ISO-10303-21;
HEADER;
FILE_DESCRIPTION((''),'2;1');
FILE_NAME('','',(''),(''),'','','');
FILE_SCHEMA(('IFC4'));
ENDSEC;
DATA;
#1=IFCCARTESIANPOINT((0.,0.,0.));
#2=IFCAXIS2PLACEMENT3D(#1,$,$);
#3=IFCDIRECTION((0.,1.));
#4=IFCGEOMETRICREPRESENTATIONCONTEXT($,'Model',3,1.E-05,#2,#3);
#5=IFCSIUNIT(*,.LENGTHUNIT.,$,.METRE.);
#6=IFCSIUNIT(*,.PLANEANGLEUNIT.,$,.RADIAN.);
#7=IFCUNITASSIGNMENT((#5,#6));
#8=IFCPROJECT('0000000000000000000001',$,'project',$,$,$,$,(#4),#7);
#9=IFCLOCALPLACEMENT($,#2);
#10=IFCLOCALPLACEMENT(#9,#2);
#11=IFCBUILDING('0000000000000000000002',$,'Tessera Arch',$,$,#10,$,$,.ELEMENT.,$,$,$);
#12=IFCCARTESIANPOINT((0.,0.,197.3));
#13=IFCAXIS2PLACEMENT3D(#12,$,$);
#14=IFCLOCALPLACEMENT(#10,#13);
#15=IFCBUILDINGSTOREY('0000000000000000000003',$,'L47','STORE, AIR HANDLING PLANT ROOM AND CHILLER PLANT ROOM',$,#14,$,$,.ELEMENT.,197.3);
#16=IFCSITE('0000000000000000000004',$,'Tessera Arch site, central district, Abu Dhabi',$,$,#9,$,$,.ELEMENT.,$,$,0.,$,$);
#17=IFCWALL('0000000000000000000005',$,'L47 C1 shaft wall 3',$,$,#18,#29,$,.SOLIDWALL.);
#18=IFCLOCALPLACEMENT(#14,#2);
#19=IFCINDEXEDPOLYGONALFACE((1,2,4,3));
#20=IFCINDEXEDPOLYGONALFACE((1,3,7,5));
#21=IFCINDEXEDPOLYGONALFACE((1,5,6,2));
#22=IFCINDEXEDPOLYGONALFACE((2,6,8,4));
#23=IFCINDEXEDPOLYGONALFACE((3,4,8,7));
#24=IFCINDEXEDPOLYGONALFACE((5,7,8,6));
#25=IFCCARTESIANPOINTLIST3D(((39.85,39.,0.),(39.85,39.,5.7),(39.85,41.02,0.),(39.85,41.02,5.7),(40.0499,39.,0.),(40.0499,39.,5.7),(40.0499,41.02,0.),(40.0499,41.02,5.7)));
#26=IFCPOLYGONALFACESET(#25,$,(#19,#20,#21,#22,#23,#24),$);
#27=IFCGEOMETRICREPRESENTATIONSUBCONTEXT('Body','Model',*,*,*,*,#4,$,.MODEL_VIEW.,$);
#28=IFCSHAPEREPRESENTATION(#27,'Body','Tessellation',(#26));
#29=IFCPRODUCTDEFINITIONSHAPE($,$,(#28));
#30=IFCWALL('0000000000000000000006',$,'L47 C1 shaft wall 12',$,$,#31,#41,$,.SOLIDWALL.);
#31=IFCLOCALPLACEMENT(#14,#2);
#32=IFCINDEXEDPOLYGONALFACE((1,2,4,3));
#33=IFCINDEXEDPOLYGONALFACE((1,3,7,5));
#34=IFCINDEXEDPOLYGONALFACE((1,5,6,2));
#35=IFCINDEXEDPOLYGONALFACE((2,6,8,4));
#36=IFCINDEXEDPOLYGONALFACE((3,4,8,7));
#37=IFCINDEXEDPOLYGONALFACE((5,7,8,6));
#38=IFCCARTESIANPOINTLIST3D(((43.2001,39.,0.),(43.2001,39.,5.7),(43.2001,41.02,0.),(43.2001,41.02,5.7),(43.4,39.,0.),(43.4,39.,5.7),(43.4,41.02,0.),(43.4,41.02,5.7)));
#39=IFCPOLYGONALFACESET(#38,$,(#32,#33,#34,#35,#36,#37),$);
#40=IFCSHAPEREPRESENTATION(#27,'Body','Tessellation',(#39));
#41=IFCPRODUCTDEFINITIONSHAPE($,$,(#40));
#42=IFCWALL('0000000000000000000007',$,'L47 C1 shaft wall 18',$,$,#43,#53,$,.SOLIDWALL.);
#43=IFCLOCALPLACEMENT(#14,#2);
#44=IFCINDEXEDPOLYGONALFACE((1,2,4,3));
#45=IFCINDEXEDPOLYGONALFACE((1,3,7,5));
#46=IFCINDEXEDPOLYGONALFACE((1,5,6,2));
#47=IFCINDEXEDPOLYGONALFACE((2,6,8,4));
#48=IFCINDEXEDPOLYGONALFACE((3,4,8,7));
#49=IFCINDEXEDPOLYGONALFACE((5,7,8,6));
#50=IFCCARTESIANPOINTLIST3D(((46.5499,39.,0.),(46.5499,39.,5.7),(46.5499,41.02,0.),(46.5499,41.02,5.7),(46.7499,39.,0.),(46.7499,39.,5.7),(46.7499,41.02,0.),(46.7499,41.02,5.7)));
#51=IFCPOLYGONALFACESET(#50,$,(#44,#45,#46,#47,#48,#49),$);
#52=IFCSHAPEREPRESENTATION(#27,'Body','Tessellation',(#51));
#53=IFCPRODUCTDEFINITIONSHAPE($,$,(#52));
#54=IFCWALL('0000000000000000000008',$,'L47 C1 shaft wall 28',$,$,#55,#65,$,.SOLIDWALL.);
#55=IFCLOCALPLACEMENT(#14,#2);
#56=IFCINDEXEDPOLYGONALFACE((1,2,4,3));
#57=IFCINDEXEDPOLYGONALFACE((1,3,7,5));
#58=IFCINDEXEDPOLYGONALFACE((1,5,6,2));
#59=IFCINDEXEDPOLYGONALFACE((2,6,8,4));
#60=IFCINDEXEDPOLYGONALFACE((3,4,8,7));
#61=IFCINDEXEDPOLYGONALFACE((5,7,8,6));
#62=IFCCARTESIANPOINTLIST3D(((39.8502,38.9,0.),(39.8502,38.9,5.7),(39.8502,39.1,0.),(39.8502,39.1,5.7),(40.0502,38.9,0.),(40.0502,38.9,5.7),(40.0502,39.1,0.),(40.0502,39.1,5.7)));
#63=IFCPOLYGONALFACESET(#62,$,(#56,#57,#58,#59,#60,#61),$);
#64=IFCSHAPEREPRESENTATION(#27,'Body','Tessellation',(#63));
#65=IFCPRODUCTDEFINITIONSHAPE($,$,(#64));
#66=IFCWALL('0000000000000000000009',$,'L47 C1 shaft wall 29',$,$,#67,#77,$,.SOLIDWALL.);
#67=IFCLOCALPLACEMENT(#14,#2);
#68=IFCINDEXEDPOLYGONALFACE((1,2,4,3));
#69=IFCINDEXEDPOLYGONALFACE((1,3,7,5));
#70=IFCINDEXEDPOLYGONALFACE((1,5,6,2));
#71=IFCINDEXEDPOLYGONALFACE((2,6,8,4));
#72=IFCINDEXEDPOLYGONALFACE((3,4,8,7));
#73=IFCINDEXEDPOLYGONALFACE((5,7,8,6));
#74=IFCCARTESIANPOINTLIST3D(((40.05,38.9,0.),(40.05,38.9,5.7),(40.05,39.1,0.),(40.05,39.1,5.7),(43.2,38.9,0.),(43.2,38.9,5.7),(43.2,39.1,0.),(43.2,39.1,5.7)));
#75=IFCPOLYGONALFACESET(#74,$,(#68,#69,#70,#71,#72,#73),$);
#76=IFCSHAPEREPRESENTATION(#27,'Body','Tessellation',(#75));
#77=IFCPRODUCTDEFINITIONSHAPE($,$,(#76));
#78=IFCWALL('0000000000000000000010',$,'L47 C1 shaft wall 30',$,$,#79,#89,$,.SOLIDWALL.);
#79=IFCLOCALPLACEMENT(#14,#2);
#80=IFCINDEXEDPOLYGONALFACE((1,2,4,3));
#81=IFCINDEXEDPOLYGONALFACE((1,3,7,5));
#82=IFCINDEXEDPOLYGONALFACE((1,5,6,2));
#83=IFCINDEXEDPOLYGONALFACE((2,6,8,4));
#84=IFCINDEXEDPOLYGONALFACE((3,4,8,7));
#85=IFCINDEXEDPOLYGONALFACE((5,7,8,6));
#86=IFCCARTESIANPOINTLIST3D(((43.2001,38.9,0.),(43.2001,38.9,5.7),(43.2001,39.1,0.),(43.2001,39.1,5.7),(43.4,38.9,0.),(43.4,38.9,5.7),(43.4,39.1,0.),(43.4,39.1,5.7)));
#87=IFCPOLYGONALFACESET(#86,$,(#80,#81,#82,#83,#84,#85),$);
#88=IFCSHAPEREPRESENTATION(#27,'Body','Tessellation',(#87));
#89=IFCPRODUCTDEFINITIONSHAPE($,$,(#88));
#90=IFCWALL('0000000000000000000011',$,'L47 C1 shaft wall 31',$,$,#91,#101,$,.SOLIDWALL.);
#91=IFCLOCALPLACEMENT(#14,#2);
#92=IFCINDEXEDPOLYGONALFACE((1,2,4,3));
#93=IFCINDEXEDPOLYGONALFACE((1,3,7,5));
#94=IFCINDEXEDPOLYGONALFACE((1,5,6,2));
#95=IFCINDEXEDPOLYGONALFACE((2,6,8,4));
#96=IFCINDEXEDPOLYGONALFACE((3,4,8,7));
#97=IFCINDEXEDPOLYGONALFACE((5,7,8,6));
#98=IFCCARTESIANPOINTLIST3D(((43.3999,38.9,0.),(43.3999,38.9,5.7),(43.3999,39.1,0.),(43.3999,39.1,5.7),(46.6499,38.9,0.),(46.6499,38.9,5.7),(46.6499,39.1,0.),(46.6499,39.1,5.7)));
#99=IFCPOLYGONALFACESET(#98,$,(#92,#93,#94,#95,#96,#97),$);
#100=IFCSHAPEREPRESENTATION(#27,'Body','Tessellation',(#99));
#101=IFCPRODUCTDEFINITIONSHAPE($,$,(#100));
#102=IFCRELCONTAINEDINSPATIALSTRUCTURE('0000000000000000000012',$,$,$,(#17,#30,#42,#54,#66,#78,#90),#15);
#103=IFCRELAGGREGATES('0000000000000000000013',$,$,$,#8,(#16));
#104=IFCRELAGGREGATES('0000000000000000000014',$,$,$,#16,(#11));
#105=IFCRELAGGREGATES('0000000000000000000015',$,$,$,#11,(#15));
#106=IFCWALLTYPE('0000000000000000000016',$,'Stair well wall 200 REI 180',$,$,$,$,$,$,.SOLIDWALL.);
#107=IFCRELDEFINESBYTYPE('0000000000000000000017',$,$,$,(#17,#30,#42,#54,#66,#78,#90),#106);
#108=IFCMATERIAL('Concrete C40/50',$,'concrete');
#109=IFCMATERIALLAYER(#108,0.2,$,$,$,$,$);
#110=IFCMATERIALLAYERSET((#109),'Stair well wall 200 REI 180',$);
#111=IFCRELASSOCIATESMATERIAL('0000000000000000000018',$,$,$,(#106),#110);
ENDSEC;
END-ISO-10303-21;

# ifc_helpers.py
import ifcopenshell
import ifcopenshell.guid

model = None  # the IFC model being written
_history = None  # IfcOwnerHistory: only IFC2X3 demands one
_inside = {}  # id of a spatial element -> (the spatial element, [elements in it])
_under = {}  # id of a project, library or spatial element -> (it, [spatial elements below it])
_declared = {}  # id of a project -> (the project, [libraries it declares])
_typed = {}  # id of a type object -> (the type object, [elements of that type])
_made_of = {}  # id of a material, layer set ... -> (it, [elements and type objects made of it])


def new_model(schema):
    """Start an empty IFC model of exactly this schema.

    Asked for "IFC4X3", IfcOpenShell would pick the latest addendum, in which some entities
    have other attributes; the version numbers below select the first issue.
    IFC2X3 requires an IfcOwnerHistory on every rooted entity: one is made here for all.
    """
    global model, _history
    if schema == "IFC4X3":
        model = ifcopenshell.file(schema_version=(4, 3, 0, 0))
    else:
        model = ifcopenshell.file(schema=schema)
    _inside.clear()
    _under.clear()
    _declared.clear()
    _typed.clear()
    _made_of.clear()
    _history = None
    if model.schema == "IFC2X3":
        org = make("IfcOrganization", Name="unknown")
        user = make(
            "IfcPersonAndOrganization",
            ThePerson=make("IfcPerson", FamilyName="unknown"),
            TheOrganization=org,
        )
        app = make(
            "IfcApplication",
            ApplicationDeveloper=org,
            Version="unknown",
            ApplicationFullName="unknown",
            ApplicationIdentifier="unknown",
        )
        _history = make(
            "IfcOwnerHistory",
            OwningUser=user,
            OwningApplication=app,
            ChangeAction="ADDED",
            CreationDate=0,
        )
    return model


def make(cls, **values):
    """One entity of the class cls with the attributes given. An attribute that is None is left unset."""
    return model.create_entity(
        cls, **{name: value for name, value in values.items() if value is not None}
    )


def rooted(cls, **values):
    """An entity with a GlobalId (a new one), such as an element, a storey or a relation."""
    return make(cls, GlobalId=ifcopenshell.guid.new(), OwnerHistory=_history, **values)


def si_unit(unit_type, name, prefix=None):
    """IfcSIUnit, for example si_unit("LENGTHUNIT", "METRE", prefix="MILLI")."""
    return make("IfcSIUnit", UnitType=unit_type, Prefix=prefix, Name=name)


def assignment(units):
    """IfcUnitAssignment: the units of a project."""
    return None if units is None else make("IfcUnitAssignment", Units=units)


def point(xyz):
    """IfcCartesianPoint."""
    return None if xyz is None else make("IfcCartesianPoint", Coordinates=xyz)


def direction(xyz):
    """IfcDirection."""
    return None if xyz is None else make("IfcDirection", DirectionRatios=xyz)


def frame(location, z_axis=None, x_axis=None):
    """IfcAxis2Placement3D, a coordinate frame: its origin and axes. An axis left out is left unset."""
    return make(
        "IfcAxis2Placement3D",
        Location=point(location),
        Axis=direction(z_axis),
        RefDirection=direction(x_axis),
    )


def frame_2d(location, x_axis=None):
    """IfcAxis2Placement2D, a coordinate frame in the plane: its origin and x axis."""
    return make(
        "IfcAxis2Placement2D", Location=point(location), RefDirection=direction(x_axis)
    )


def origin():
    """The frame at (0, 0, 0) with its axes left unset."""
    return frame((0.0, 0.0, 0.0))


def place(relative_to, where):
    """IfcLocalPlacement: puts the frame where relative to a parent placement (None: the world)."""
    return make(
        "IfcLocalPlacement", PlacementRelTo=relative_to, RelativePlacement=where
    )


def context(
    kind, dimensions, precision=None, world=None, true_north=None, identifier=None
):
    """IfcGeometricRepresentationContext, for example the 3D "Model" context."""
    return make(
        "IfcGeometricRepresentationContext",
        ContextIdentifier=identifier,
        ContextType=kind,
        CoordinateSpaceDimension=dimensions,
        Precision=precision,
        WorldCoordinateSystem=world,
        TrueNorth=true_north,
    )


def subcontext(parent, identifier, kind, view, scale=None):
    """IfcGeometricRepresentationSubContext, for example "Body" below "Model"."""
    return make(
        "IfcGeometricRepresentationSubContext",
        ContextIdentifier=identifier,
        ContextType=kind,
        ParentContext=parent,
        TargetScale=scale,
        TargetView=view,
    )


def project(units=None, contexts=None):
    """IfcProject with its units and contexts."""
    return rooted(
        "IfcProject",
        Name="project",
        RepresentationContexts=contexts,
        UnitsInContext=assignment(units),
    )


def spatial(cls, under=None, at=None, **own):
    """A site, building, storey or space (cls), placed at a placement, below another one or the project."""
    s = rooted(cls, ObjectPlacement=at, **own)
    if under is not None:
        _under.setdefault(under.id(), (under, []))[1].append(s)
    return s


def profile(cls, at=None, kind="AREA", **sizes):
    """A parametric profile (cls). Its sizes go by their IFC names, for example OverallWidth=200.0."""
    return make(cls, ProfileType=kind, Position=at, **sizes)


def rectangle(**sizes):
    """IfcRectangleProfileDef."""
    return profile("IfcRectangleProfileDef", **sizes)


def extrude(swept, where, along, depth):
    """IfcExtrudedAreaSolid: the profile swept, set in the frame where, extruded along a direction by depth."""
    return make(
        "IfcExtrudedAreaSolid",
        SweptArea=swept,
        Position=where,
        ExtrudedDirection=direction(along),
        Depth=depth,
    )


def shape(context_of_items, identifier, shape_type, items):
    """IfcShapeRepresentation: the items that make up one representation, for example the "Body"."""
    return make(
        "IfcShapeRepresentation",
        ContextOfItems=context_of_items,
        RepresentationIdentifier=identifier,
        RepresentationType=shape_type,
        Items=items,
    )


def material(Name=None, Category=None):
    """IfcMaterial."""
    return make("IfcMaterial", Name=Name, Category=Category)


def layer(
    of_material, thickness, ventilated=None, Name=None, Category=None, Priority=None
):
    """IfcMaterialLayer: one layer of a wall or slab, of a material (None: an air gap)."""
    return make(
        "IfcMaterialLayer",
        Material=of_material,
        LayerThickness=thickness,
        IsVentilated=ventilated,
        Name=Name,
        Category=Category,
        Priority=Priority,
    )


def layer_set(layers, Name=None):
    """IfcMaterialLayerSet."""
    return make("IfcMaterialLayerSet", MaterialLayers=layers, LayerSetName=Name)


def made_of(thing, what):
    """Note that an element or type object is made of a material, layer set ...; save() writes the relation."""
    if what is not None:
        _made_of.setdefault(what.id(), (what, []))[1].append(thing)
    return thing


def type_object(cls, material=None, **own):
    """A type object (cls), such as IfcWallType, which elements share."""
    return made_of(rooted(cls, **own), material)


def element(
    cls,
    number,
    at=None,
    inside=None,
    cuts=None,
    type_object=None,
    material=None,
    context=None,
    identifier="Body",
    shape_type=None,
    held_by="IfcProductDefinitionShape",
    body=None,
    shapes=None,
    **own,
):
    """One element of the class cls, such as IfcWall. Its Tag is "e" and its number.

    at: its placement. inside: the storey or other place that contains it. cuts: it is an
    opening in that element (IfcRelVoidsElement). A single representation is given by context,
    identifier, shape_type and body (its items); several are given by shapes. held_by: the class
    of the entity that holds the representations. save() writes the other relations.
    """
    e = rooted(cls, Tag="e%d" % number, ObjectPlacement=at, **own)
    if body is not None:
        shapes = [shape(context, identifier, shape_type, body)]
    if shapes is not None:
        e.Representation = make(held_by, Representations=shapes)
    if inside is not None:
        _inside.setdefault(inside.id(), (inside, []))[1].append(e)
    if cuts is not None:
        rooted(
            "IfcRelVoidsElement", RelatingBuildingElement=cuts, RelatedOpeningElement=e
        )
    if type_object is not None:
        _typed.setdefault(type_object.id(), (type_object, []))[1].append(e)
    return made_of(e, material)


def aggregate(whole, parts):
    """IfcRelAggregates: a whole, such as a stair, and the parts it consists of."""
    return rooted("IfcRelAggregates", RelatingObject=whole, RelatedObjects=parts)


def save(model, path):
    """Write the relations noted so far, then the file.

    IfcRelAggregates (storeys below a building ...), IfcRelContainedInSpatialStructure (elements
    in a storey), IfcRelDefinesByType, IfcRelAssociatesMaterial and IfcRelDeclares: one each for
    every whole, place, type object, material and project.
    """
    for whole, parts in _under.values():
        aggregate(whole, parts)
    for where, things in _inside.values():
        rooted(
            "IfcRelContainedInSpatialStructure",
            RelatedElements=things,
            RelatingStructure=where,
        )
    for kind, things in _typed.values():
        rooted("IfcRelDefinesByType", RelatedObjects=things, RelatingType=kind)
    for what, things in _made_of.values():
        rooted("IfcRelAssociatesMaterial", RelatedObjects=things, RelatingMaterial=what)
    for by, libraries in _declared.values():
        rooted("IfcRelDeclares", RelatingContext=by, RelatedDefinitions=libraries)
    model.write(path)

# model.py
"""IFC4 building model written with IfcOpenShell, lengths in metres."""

from ifc_helpers import new_model, si_unit, direction, frame, frame_2d, origin, place, context, subcontext, project, spatial, rectangle, extrude, material, layer, layer_set, type_object, element, save


model = new_model("IFC4")

# Units and contexts
model_context = context("Model", 3, precision=1e-05, world=origin(), true_north=direction((0.0, 1.0)))
body_context = subcontext(model_context, "Body", "Model", "MODEL_VIEW")
ifc_project = project(units=[si_unit("LENGTHUNIT", "METRE"), si_unit("PLANEANGLEUNIT", "RADIAN")], contexts=[model_context])

# Site, building, storey
site_placement = place(None, origin())
site = spatial("IfcSite", under=ifc_project, at=site_placement, Name="Tessera Arch site, central district, Abu Dhabi", CompositionType="ELEMENT", RefElevation=0.0)
building_placement = place(site_placement, origin())
building = spatial("IfcBuilding", under=site, at=building_placement, Name="Tessera Arch", CompositionType="ELEMENT")
storey_placement = place(building_placement, frame((0.0, 0.0, 197.3)))
storey = spatial("IfcBuildingStorey", under=building, at=storey_placement, Name="L47", Description="STORE, AIR HANDLING PLANT ROOM AND CHILLER PLANT ROOM", CompositionType="ELEMENT", Elevation=197.3)

# Walls
ifc_material_1 = material(Name="Concrete C40/50", Category="concrete")
ifc_layer_1 = layer(ifc_material_1, 0.2)
ifc_layer_set_1 = layer_set([ifc_layer_1], Name="Stair well wall 200 REI 180")
wall_type_1 = type_object("IfcWallType", Name="Stair well wall 200 REI 180", PredefinedType="SOLIDWALL", material=ifc_layer_set_1)
for number, where, z_axis, x_axis, name in (
    (1, (39.95, 39.0, 0.0), (0.0, 0.0, 1.0), (0.0, 1.0, 0.0), "L47 C1 shaft wall 3"),
    (2, (43.3, 39.0, 0.0), (0.0, 0.0, 1.0), (0.0, 1.0, 0.0), "L47 C1 shaft wall 12"),
    (3, (46.6499, 39.0, 0.0), (0.0, 0.0, 1.0), (0.0, 1.0, 0.0), "L47 C1 shaft wall 18"),
):
    element("IfcWall", number, at=place(storey_placement, frame(where, z_axis=z_axis, x_axis=x_axis)), inside=storey, type_object=wall_type_1, Name=name, PredefinedType="SOLIDWALL", context=body_context, shape_type="SweptSolid", body=[
        extrude(rectangle(XDim=2.02, YDim=0.2, at=frame_2d((1.01, 0.0))), origin(), (0.0, 0.0, 1.0), 5.7),
    ])
wall_1_placement = place(storey_placement, frame((39.8501, 39.0, 0.0), z_axis=(0.0, 0.0, 1.0), x_axis=(1.0, 0.0, 0.0)))
element("IfcWall", 4, at=wall_1_placement, inside=storey, type_object=wall_type_1, Name="L47 C1 shaft wall 28", PredefinedType="SOLIDWALL", context=body_context, shape_type="SweptSolid", body=[
    extrude(rectangle(XDim=0.2, YDim=0.2, at=frame_2d((0.1001, 0.0))), origin(), (0.0, 0.0, 1.0), 5.7),
])
wall_2_placement = place(storey_placement, frame((40.05, 39.0, 0.0), z_axis=(0.0, 0.0, 1.0), x_axis=(1.0, 0.0, 0.0)))
element("IfcWall", 5, at=wall_2_placement, inside=storey, type_object=wall_type_1, Name="L47 C1 shaft wall 29", PredefinedType="SOLIDWALL", context=body_context, shape_type="SweptSolid", body=[
    extrude(rectangle(XDim=3.1499, YDim=0.2, at=frame_2d((1.575, 0.0))), origin(), (0.0, 0.0, 1.0), 5.7),
])
wall_3_placement = place(storey_placement, frame((43.2, 39.0, 0.0), z_axis=(0.0, 0.0, 1.0), x_axis=(1.0, 0.0, 0.0)))
element("IfcWall", 6, at=wall_3_placement, inside=storey, type_object=wall_type_1, Name="L47 C1 shaft wall 30", PredefinedType="SOLIDWALL", context=body_context, shape_type="SweptSolid", body=[
    extrude(rectangle(XDim=0.2, YDim=0.2, at=frame_2d((0.1001, 0.0))), origin(), (0.0, 0.0, 1.0), 5.7),
])
wall_4_placement = place(storey_placement, frame((43.3999, 39.0, 0.0), z_axis=(0.0, 0.0, 1.0), x_axis=(1.0, 0.0, 0.0)))
element("IfcWall", 7, at=wall_4_placement, inside=storey, type_object=wall_type_1, Name="L47 C1 shaft wall 31", PredefinedType="SOLIDWALL", context=body_context, shape_type="SweptSolid", body=[
    extrude(rectangle(XDim=3.25, YDim=0.2, at=frame_2d((1.625, 0.0))), origin(), (0.0, 0.0, 1.0), 5.7),
])

save(model, "model.ifc")
